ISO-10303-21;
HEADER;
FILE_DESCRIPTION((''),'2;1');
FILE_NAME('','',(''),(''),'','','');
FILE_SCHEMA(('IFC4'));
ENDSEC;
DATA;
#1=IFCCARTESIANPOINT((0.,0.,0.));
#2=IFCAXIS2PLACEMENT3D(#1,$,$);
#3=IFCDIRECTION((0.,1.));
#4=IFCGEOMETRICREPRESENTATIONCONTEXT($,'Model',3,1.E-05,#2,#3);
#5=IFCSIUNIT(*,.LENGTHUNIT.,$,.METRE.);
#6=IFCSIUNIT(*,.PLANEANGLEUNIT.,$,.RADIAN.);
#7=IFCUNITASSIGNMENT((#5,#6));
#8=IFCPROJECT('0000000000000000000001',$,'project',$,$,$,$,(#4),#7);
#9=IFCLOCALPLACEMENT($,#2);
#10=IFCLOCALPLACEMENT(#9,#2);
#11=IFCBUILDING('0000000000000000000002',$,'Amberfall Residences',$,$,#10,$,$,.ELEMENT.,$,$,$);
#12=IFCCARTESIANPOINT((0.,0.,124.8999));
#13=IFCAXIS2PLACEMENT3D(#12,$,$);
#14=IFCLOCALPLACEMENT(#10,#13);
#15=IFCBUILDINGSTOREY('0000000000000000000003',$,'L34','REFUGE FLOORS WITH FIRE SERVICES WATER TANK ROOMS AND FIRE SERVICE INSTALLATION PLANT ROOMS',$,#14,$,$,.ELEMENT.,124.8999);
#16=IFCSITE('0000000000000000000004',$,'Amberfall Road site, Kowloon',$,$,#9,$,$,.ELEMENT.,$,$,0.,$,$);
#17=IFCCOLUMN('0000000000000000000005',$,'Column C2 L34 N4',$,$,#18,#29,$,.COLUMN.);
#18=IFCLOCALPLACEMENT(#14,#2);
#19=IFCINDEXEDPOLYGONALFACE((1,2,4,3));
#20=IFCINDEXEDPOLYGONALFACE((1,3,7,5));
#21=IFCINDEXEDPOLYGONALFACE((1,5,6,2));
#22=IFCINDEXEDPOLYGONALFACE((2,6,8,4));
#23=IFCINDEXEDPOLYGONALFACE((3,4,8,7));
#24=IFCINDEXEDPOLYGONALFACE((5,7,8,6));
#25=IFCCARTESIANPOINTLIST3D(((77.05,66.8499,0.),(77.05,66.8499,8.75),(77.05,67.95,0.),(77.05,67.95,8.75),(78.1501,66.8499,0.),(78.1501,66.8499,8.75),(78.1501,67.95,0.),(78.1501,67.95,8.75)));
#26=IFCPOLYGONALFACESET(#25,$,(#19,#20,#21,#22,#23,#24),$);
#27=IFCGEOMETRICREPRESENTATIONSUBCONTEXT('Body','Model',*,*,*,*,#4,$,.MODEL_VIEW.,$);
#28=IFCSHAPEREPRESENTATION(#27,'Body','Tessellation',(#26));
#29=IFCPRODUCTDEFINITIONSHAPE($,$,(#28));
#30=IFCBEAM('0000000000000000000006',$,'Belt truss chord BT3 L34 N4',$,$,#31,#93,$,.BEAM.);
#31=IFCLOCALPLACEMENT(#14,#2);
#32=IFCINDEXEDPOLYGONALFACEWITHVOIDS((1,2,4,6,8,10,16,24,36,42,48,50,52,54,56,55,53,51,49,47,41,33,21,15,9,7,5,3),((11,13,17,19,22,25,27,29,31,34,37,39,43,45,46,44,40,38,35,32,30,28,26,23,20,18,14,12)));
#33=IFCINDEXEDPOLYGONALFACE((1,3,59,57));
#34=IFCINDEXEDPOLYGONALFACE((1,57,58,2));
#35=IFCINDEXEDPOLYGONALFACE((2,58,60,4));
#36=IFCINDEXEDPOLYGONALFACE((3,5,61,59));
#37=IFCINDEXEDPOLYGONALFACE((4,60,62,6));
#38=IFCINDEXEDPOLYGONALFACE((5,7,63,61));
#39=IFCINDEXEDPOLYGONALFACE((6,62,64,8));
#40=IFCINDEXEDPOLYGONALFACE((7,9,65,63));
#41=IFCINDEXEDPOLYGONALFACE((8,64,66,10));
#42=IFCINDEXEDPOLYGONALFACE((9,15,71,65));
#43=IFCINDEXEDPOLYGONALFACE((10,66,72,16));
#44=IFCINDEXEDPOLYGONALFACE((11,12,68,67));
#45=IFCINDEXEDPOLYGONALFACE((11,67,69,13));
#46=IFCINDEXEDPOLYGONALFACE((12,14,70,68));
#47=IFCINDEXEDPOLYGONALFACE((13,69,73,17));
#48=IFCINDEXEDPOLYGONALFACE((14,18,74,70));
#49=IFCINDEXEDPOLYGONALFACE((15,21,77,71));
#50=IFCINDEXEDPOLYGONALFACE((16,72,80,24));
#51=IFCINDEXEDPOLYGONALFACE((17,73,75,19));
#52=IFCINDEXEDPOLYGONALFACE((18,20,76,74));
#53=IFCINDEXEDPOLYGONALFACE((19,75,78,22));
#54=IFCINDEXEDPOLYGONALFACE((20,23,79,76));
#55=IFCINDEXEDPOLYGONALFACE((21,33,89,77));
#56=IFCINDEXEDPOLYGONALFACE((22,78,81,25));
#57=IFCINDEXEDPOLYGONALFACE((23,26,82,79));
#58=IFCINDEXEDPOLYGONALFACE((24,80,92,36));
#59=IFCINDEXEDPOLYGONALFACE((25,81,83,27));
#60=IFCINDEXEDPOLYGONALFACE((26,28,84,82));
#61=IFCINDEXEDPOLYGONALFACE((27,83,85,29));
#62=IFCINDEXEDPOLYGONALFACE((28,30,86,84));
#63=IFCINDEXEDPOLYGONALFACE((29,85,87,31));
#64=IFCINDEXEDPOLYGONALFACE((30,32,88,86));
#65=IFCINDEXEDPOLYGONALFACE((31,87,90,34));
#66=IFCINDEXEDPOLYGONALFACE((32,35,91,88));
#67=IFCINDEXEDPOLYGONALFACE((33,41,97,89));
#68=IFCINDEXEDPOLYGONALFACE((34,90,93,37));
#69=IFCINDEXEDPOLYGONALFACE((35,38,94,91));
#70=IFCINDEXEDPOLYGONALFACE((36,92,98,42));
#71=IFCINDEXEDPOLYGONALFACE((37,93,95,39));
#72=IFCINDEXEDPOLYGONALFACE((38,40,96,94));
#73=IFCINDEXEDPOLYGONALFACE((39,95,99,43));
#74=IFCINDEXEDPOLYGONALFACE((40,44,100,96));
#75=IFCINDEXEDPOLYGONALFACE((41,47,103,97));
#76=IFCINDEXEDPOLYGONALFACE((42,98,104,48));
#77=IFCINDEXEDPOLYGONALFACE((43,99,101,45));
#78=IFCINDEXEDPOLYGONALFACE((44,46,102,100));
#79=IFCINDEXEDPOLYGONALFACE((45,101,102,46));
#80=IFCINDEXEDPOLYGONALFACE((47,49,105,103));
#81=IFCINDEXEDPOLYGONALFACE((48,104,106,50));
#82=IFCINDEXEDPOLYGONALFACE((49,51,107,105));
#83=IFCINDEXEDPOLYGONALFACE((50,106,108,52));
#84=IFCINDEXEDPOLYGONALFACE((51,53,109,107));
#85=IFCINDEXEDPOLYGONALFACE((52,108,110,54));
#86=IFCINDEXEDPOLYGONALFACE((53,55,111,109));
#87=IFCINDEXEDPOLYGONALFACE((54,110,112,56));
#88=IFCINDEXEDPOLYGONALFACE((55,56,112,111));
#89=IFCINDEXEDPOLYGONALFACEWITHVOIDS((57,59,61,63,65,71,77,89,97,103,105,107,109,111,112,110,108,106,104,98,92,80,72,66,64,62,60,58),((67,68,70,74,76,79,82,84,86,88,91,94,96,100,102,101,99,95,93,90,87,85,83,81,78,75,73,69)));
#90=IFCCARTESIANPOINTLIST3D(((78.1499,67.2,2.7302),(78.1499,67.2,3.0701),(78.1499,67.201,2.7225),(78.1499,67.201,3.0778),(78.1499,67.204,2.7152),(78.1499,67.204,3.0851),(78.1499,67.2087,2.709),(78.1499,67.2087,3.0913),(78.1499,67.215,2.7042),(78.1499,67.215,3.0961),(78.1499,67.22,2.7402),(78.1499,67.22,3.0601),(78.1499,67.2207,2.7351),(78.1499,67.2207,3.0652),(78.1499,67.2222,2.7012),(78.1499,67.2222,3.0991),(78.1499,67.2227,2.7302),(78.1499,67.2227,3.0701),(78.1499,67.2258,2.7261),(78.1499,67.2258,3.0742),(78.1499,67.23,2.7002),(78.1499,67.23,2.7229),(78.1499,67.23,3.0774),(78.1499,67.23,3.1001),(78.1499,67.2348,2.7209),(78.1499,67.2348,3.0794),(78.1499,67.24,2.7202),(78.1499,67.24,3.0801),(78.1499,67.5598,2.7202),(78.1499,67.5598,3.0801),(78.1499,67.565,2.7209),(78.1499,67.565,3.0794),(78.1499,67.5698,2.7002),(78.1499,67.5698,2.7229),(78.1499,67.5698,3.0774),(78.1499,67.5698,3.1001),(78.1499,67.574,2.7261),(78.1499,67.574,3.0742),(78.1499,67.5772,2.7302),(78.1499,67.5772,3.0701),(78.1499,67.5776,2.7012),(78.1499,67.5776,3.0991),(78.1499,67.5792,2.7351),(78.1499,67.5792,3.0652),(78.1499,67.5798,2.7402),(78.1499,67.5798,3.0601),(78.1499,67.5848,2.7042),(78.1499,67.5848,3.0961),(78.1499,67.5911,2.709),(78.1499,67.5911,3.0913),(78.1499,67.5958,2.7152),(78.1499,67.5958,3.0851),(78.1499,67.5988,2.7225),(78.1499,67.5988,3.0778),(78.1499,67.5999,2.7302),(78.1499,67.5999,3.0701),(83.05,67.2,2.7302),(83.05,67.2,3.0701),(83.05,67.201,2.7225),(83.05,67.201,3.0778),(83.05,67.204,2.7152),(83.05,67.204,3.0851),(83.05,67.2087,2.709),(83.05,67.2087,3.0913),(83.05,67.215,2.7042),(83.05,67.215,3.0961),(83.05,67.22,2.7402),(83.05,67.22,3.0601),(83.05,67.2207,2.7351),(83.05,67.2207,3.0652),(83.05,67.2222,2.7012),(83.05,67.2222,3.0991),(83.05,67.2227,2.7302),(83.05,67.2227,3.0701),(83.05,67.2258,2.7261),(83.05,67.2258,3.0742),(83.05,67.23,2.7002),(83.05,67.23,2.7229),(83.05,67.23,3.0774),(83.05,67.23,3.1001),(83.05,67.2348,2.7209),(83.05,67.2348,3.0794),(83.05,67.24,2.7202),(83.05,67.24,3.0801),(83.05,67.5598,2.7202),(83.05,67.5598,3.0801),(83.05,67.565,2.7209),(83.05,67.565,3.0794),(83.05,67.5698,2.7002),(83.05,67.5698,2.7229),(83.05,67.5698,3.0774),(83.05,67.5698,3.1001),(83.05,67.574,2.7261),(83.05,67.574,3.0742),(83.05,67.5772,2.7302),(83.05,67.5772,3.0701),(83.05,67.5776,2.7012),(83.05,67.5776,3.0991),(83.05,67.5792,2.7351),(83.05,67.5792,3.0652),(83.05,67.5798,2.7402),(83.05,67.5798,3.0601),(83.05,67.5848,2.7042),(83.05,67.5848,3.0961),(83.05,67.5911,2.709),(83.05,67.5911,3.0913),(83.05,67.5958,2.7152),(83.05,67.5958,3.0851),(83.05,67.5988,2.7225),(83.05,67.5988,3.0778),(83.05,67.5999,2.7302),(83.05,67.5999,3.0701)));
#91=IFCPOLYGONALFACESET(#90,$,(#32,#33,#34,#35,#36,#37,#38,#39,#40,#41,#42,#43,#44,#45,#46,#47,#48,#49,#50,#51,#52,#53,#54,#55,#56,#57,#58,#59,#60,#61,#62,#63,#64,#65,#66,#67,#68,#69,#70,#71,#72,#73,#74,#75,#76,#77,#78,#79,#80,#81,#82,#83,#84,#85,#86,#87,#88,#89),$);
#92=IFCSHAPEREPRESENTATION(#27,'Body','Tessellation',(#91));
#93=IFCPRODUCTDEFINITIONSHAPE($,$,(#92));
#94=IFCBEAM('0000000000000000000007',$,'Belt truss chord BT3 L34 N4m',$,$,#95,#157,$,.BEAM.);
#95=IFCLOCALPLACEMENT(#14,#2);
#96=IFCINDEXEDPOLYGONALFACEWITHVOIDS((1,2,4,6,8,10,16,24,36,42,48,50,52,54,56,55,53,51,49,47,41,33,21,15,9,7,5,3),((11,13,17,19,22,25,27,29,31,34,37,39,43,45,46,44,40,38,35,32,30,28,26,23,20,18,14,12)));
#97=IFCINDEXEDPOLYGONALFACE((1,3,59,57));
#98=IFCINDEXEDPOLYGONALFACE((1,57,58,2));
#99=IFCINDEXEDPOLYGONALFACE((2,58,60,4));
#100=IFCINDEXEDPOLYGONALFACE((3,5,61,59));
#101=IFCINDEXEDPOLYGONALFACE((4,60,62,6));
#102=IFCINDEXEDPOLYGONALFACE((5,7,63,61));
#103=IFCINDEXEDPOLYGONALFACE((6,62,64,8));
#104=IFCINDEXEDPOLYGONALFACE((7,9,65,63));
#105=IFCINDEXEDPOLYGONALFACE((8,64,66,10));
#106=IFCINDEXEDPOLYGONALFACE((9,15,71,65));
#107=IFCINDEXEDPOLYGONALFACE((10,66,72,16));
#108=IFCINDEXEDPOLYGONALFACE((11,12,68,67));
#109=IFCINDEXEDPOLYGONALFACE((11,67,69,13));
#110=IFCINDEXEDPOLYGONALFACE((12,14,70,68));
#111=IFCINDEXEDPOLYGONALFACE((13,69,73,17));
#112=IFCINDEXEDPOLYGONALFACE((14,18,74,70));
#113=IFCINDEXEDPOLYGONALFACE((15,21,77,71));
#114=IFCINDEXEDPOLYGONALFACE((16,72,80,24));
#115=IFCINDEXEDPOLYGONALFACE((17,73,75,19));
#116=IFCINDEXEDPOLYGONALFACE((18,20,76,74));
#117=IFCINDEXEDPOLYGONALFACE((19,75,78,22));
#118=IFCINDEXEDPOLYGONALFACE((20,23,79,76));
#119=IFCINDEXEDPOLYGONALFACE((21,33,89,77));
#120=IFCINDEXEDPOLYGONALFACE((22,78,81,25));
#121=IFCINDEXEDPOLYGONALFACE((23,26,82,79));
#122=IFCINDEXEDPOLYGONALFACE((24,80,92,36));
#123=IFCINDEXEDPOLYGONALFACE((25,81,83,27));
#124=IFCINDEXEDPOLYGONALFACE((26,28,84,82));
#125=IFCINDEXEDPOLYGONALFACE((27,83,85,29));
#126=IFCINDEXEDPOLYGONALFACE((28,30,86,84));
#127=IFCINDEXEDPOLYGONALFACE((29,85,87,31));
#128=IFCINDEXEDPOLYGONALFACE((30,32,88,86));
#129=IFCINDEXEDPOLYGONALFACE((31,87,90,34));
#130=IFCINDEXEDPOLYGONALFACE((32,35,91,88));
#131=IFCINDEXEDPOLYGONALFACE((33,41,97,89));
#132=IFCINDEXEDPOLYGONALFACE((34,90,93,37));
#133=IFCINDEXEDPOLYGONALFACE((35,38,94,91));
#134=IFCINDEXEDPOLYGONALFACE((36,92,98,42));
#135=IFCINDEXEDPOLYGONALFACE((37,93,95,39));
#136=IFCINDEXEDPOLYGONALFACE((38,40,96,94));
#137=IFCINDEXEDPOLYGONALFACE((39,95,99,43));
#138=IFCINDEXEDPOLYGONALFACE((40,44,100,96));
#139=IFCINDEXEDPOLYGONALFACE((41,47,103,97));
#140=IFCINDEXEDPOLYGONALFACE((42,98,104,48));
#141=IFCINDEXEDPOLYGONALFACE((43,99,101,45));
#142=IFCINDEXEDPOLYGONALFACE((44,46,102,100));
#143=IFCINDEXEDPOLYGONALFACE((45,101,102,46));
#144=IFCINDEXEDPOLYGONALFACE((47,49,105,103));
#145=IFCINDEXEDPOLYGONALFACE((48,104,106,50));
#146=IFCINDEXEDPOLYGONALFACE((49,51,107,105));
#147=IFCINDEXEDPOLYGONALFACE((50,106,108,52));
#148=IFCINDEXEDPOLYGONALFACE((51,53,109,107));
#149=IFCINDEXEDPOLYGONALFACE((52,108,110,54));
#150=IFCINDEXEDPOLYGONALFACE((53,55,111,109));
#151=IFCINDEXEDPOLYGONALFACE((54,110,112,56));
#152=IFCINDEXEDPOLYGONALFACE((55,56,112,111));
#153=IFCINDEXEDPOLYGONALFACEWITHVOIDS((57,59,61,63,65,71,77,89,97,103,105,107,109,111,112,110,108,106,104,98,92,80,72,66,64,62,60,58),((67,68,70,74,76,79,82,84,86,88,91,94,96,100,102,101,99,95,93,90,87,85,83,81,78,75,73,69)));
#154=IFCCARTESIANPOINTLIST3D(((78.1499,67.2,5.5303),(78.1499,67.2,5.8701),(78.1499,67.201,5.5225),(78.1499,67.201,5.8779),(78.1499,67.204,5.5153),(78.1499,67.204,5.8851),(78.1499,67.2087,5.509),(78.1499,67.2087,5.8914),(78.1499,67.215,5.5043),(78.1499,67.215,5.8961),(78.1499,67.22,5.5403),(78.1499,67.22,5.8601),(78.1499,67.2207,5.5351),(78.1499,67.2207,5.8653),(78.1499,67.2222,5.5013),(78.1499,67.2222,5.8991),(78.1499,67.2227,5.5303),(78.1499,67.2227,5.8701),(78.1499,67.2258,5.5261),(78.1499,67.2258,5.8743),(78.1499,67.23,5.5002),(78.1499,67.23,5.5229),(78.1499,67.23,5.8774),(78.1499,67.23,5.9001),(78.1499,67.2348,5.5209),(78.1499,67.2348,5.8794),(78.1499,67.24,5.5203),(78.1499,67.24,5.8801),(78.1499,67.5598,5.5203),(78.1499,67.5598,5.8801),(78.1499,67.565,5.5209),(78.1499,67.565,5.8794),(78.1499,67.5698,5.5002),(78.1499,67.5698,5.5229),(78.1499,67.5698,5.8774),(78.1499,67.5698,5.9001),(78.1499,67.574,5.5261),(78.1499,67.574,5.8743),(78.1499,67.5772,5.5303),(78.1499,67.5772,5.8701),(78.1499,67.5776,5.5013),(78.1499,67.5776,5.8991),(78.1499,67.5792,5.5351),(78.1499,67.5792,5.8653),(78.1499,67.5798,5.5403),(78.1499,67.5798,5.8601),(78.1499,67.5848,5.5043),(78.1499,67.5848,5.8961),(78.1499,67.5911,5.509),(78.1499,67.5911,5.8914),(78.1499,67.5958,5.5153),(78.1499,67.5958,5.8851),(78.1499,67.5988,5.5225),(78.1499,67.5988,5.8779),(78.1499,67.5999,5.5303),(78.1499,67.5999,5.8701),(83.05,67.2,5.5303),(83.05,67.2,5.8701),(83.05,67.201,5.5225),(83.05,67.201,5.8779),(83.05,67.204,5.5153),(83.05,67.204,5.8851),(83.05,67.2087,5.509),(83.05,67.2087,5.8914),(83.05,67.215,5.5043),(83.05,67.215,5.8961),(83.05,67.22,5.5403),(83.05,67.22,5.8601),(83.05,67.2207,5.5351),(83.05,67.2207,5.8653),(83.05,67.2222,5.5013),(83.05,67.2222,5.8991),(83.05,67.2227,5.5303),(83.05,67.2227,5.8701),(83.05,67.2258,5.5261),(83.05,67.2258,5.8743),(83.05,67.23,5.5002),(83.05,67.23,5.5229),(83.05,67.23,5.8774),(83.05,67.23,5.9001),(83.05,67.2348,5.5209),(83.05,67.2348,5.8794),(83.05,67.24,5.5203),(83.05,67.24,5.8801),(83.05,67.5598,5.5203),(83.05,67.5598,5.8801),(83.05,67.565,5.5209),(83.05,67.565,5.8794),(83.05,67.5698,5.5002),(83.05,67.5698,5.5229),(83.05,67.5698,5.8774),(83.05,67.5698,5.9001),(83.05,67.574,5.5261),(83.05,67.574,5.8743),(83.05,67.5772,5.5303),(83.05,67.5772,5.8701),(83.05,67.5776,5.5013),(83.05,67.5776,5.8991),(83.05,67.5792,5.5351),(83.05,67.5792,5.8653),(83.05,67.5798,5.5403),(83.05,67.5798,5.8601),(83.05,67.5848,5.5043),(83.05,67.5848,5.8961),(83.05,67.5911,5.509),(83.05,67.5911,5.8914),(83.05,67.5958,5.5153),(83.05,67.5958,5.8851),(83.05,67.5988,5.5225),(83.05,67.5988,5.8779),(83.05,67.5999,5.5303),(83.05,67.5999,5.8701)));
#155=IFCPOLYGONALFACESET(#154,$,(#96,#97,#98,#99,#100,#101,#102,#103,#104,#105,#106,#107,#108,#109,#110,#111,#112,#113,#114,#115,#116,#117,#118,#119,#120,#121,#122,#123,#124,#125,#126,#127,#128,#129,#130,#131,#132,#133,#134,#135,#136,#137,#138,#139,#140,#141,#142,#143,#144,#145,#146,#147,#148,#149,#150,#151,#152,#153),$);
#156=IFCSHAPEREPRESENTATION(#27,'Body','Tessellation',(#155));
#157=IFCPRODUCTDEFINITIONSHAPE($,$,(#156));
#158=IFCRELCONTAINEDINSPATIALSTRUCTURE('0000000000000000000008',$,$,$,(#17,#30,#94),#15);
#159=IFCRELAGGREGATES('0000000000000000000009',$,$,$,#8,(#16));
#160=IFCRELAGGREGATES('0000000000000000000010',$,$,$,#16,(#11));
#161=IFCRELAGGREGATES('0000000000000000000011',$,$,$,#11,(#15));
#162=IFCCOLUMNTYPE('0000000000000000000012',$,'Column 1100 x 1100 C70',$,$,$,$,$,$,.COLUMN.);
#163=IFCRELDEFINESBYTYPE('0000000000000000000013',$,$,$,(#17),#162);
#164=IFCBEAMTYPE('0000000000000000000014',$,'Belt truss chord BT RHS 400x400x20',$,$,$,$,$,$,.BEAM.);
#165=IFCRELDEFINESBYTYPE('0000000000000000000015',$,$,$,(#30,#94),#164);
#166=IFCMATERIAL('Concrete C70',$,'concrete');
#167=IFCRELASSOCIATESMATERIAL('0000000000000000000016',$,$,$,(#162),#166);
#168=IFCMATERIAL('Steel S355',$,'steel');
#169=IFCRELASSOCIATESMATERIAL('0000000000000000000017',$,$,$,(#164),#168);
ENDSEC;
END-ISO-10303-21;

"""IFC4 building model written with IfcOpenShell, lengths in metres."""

from ifc_helpers import new_model, si_unit, direction, frame, origin, origin_2d, place, context, subcontext, project, spatial, rectangle, hollow_rectangle, extrude, material, material_profile, profile_set, type_object, element, save


model = new_model("IFC4")

# Units and contexts
model_context = context("Model", 3, precision=1e-05, world=origin(), true_north=direction((0.0, 1.0)))
body_context = subcontext(model_context, "Body", "Model", "MODEL_VIEW")
ifc_project = project(units=[si_unit("LENGTHUNIT", "METRE"), si_unit("PLANEANGLEUNIT", "RADIAN")], contexts=[model_context])

# Site, building, storey
site_placement = place(None, origin())
site = spatial("IfcSite", under=ifc_project, at=site_placement, Name="Amberfall Road site, Kowloon", CompositionType="ELEMENT", RefElevation=0.0)
building_placement = place(site_placement, origin())
building = spatial("IfcBuilding", under=site, at=building_placement, Name="Amberfall Residences", CompositionType="ELEMENT")
storey_placement = place(building_placement, frame((0.0, 0.0, 124.8999)))
storey = spatial("IfcBuildingStorey", under=building, at=storey_placement, Name="L34", Description="REFUGE FLOORS WITH FIRE SERVICES WATER TANK ROOMS AND FIRE SERVICE INSTALLATION PLANT ROOMS", CompositionType="ELEMENT", Elevation=124.8999)

# Column
ifc_material_1 = material(Name="Concrete C70", Category="concrete")
ifc_material_profile_1 = material_profile(ifc_material_1, rectangle(XDim=1.1001, YDim=1.1001, at=origin_2d()), Name="Column 1100 x 1100 C70")
ifc_profile_set_1 = profile_set([ifc_material_profile_1], Name="Concrete C70")
column_type = type_object("IfcColumnType", Name="Column 1100 x 1100 C70", PredefinedType="COLUMN", material=ifc_profile_set_1)
column_placement = place(storey_placement, frame((77.6001, 67.3999, 0.0), z_axis=(0.0, 0.0, 1.0), x_axis=(1.0, 0.0, 0.0)))
element("IfcColumn", 1, at=column_placement, inside=storey, type_object=column_type, Name="Column C2 L34 N4", PredefinedType="COLUMN", context=body_context, shape_type="SweptSolid", body=[
    extrude(rectangle(XDim=1.1001, YDim=1.1001, at=origin_2d()), origin(), (0.0, 0.0, 1.0), 8.75),
])

# Beams
ifc_material_2 = material(Name="Steel S355", Category="steel")
ifc_material_profile_2 = material_profile(ifc_material_2, hollow_rectangle(XDim=0.3999, YDim=0.3999, WallThickness=0.02, InnerFilletRadius=0.02, OuterFilletRadius=0.03, at=origin_2d()), Name="RHS 400x400x20")
ifc_profile_set_2 = profile_set([ifc_material_profile_2], Name="Steel S355")
beam_type_1 = type_object("IfcBeamType", Name="Belt truss chord BT RHS 400x400x20", PredefinedType="BEAM", material=ifc_profile_set_2)
for number, where, z_axis, x_axis, name in (
    (2, (78.1499, 67.3999, 2.9001), (1.0, 0.0, 0.0), (0.0, 1.0, 0.0), "Belt truss chord BT3 L34 N4"),
    (3, (78.1499, 67.3999, 5.7002), (1.0, 0.0, 0.0), (0.0, 1.0, 0.0), "Belt truss chord BT3 L34 N4m"),
):
    element("IfcBeam", number, at=place(storey_placement, frame(where, z_axis=z_axis, x_axis=x_axis)), inside=storey, type_object=beam_type_1, Name=name, PredefinedType="BEAM", context=body_context, shape_type="SweptSolid", body=[
        extrude(hollow_rectangle(XDim=0.3999, YDim=0.3999, WallThickness=0.02, InnerFilletRadius=0.02, OuterFilletRadius=0.03, at=origin_2d()), origin(), (0.0, 0.0, 1.0), 4.9001),
    ])

save(model, "model.ifc")
